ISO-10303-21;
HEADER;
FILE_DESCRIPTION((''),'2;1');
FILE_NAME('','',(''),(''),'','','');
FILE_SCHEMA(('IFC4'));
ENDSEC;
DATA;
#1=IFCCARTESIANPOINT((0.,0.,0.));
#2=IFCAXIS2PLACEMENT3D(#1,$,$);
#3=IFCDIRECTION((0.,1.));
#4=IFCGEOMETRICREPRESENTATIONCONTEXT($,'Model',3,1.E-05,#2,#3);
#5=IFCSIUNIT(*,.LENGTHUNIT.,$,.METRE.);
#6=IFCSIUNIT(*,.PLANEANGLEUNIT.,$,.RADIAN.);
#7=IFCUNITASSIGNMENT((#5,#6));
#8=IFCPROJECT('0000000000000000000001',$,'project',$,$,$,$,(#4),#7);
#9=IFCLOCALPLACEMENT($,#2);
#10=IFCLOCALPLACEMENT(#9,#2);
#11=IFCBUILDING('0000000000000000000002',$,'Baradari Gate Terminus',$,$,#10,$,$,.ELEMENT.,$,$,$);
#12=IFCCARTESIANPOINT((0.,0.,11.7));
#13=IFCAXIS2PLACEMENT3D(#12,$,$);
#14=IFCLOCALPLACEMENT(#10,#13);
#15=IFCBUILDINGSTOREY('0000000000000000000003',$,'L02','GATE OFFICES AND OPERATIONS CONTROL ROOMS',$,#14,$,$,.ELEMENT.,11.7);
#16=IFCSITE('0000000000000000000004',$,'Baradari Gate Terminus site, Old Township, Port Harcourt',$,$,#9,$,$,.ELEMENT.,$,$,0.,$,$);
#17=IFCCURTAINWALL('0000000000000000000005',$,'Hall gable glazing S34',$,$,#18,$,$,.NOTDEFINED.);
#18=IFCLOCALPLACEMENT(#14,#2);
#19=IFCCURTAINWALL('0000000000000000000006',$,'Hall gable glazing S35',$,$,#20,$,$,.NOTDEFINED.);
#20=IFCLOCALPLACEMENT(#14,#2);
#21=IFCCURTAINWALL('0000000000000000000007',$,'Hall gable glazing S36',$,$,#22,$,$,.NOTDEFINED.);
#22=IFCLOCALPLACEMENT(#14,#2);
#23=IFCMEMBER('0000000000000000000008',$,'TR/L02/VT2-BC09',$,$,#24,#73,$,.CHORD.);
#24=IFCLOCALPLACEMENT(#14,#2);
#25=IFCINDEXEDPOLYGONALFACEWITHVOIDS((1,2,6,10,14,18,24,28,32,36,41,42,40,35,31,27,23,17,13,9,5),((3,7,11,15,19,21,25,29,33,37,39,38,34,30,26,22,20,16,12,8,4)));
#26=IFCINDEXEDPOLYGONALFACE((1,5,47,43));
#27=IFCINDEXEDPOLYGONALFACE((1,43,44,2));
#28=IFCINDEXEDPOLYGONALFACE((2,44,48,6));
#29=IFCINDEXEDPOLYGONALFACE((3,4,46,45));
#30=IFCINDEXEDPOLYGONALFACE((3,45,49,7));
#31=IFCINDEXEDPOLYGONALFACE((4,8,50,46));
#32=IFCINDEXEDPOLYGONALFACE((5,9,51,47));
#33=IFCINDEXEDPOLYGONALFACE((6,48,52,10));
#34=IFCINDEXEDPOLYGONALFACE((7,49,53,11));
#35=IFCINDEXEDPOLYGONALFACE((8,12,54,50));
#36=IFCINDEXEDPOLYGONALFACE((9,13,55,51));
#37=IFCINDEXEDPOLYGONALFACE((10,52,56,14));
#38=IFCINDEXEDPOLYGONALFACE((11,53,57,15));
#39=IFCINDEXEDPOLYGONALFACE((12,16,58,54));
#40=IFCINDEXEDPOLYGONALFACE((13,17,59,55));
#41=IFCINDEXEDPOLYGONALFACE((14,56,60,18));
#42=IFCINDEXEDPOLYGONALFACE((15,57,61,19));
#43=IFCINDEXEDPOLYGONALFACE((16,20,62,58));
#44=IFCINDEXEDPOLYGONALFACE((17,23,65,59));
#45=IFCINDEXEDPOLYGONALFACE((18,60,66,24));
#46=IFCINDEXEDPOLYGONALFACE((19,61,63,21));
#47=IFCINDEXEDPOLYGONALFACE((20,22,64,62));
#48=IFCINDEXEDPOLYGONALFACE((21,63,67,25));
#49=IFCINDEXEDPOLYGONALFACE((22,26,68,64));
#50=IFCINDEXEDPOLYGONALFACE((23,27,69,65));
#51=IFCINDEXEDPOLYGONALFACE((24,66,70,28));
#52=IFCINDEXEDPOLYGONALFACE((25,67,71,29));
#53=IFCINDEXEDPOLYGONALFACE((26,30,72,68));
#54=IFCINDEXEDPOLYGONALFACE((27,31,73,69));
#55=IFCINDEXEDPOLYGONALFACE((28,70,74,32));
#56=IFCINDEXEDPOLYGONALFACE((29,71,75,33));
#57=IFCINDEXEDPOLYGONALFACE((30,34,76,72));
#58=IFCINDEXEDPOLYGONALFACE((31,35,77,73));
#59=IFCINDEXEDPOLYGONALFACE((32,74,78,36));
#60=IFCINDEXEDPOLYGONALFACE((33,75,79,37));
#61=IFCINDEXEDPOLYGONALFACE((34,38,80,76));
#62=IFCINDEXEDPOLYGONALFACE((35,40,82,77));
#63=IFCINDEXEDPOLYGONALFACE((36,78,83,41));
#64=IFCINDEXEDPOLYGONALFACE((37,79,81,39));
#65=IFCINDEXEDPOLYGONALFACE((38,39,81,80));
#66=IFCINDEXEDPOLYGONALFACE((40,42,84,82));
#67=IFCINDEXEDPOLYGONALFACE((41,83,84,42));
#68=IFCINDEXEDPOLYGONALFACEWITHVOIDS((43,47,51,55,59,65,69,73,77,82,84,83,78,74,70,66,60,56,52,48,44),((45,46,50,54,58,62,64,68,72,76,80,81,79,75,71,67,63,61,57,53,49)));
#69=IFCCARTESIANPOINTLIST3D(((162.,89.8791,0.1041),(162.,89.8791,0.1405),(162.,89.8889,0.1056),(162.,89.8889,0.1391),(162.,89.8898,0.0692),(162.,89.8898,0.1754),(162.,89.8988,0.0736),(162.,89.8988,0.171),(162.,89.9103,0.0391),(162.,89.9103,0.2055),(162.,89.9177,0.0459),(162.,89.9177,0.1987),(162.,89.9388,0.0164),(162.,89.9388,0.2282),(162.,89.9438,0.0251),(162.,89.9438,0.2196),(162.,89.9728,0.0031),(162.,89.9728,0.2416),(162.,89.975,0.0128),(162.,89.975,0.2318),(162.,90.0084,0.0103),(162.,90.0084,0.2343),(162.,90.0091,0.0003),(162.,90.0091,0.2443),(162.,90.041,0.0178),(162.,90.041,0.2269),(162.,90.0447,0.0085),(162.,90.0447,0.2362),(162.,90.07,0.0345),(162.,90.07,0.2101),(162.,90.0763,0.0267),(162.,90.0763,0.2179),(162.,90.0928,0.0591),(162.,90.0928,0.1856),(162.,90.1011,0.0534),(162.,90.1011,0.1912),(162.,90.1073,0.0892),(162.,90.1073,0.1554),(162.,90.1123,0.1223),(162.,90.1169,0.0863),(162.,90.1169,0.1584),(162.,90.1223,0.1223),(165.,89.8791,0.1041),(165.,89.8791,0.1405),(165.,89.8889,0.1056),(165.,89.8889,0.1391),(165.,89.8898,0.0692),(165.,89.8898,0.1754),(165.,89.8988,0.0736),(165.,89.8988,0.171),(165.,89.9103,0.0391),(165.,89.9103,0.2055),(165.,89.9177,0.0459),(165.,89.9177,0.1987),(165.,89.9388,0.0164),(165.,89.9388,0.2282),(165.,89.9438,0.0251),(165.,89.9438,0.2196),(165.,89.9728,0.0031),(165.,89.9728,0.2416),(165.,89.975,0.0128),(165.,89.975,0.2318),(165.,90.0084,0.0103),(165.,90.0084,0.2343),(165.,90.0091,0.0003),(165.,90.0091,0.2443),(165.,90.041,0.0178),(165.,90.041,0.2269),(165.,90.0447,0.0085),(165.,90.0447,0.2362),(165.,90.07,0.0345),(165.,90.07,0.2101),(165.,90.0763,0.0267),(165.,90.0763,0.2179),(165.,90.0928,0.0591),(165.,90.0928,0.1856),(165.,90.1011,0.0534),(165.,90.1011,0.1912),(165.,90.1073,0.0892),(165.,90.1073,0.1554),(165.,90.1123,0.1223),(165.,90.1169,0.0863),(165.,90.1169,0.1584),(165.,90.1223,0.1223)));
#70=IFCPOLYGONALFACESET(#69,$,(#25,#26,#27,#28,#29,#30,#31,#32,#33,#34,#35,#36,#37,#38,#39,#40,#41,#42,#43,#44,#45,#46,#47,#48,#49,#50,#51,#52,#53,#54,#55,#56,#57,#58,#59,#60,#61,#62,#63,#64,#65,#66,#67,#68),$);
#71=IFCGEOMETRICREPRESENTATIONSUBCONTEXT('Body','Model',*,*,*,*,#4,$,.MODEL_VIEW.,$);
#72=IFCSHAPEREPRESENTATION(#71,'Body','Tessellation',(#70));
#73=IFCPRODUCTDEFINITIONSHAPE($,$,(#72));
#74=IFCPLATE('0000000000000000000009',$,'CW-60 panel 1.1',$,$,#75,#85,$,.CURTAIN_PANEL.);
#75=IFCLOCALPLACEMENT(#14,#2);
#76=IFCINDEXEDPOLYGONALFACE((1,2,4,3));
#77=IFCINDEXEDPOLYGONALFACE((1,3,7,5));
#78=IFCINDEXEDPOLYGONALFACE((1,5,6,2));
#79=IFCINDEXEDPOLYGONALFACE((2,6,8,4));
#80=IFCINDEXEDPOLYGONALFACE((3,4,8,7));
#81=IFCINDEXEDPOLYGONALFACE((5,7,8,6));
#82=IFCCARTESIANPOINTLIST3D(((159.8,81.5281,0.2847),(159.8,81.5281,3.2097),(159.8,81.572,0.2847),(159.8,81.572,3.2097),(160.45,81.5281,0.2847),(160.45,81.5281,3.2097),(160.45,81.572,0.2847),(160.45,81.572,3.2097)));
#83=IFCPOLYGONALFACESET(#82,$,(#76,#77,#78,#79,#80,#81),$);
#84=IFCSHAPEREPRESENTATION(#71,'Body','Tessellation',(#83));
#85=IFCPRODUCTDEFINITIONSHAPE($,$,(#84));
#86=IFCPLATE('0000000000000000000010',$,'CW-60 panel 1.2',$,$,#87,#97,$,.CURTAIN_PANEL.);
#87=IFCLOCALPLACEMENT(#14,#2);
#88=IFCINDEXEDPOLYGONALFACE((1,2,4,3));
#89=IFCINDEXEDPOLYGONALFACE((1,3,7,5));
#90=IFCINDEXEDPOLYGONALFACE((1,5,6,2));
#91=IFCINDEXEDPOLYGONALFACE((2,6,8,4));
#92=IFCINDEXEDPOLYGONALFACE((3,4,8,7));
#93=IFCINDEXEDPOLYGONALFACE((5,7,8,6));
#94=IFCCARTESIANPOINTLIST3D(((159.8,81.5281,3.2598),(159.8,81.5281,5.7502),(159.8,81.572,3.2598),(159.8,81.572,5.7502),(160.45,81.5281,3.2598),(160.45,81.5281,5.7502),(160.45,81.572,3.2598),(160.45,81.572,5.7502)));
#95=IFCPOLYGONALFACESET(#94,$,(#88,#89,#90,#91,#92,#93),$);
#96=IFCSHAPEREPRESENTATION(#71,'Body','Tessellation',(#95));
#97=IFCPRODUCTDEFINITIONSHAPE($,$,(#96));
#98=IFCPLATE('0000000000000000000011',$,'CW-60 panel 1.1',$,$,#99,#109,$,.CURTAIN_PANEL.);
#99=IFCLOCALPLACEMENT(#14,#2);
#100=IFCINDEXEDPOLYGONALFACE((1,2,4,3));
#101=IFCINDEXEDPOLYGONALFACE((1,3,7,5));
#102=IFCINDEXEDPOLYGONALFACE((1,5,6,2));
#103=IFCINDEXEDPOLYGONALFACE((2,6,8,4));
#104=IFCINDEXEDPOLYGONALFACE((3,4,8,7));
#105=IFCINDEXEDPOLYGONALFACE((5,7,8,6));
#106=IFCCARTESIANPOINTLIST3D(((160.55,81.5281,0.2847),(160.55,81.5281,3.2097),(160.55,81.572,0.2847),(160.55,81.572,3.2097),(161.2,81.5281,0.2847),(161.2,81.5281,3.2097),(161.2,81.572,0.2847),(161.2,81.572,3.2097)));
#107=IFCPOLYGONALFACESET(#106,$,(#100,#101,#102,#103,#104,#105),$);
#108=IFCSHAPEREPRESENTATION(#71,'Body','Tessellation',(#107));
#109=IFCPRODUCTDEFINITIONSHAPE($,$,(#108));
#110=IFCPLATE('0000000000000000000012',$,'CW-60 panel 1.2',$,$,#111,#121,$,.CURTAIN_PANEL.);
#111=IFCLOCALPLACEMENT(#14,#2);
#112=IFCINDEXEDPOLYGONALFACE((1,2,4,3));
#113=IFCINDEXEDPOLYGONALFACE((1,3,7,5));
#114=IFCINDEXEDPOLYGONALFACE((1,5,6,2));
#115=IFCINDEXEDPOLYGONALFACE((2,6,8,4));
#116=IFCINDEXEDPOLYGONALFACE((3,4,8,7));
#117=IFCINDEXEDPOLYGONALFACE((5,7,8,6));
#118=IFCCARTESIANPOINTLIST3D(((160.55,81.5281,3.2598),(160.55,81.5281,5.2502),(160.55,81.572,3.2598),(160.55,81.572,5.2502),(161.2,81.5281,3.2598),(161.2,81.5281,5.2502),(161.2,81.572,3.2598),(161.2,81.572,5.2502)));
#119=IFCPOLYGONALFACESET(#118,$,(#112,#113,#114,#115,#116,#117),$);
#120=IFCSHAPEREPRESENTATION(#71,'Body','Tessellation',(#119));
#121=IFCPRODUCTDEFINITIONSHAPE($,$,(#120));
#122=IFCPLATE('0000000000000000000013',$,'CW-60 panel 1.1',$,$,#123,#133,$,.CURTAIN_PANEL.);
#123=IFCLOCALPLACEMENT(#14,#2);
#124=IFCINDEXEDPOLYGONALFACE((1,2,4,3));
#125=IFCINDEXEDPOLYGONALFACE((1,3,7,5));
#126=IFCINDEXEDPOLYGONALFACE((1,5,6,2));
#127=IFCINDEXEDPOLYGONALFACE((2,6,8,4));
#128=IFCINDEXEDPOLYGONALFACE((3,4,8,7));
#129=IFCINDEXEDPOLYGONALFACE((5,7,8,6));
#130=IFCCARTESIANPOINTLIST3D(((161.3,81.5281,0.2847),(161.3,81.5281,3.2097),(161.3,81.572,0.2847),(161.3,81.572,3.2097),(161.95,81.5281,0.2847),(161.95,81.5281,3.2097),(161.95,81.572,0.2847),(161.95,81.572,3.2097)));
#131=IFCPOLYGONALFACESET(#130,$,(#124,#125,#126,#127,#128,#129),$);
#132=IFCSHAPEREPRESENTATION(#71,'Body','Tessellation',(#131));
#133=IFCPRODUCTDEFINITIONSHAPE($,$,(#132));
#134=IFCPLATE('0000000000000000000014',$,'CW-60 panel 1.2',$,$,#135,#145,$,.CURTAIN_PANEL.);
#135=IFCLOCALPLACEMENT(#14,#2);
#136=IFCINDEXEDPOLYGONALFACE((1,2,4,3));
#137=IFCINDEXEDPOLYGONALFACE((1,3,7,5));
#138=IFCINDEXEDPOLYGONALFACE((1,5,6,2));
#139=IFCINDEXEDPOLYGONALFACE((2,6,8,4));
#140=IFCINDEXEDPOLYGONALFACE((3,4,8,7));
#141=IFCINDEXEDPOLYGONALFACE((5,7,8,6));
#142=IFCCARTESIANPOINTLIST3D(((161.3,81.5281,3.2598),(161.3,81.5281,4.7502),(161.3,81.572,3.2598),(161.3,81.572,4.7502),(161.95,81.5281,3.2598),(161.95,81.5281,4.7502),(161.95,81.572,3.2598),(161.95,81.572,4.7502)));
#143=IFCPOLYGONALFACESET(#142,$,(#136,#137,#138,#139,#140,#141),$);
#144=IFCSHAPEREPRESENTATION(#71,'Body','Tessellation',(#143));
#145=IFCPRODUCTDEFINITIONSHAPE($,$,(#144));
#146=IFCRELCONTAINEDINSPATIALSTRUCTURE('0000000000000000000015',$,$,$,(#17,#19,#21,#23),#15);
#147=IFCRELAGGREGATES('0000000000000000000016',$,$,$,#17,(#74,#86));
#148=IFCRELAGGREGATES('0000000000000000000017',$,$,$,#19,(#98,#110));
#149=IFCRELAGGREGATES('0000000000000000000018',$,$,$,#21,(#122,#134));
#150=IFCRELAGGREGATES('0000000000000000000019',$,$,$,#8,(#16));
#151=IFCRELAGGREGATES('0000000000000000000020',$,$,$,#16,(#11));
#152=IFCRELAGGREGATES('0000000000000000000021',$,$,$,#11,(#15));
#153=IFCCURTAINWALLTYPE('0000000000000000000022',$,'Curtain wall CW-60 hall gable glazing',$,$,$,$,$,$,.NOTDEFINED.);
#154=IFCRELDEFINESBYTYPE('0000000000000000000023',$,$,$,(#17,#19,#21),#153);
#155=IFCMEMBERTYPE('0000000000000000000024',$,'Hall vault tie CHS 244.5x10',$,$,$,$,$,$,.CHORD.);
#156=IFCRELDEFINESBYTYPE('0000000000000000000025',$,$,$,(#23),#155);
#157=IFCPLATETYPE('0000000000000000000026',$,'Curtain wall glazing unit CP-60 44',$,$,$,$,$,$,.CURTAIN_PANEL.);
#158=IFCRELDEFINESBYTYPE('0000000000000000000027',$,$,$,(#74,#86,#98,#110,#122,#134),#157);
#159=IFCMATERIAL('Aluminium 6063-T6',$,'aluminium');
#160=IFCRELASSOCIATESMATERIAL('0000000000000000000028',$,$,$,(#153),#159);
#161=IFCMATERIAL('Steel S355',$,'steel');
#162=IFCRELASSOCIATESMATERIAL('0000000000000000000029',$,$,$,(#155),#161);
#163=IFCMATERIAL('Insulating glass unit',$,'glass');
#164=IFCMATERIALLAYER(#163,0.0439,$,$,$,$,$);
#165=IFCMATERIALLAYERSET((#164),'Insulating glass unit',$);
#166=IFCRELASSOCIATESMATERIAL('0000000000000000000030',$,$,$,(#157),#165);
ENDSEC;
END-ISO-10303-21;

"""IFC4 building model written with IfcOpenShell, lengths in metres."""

from ifc_helpers import new_model, si_unit, direction, frame, origin, origin_2d, place, context, subcontext, project, spatial, rectangle, hollow_circle, extrude, material, layer, layer_set, material_profile, profile_set, type_object, element, aggregate, save


model = new_model("IFC4")

# Units and contexts
model_context = context("Model", 3, precision=1e-05, world=origin(), true_north=direction((0.0, 1.0)))
body_context = subcontext(model_context, "Body", "Model", "MODEL_VIEW")
ifc_project = project(units=[si_unit("LENGTHUNIT", "METRE"), si_unit("PLANEANGLEUNIT", "RADIAN")], contexts=[model_context])

# Site, building, storey
site_placement = place(None, origin())
site = spatial("IfcSite", under=ifc_project, at=site_placement, Name="Baradari Gate Terminus site, Old Township, Port Harcourt", CompositionType="ELEMENT", RefElevation=0.0)
building_placement = place(site_placement, origin())
building = spatial("IfcBuilding", under=site, at=building_placement, Name="Baradari Gate Terminus", CompositionType="ELEMENT")
storey_placement = place(building_placement, frame((0.0, 0.0, 11.7)))
storey = spatial("IfcBuildingStorey", under=building, at=storey_placement, Name="L02", Description="GATE OFFICES AND OPERATIONS CONTROL ROOMS", CompositionType="ELEMENT", Elevation=11.7)

# Curtain wall
ifc_material_1 = material(Name="Aluminium 6063-T6", Category="aluminium")
curtain_wall_type = type_object("IfcCurtainWallType", Name="Curtain wall CW-60 hall gable glazing", PredefinedType="NOTDEFINED", material=ifc_material_1)
curtain_wall_1_placement = place(storey_placement, origin())
curtain_wall_1 = element("IfcCurtainWall", 1, at=curtain_wall_1_placement, inside=storey, type_object=curtain_wall_type, Name="Hall gable glazing S34", PredefinedType="NOTDEFINED")

# Curtain walls
curtain_wall_2_placement = place(storey_placement, origin())
curtain_wall_2 = element("IfcCurtainWall", 2, at=curtain_wall_2_placement, inside=storey, type_object=curtain_wall_type, Name="Hall gable glazing S35", PredefinedType="NOTDEFINED")
curtain_wall_3_placement = place(storey_placement, origin())
curtain_wall_3 = element("IfcCurtainWall", 3, at=curtain_wall_3_placement, inside=storey, type_object=curtain_wall_type, Name="Hall gable glazing S36", PredefinedType="NOTDEFINED")

# Member
ifc_material_2 = material(Name="Steel S355", Category="steel")
ifc_material_profile_1 = material_profile(ifc_material_2, hollow_circle(Radius=0.1223, WallThickness=0.01, at=origin_2d()), Name="CHS 244.5x10")
ifc_profile_set_1 = profile_set([ifc_material_profile_1], Name="Steel S355")
member_type_1 = type_object("IfcMemberType", Name="Hall vault tie CHS 244.5x10", PredefinedType="CHORD", material=ifc_profile_set_1)
for number, where, z_axis, x_axis, name in (
    (4, (162.0, 90.0, 0.1223), (1.0, 0.0, 0.0), (0.0, 1.0, 0.0), "TR/L02/VT2-BC09"),
):
    element("IfcMember", number, at=place(storey_placement, frame(where, z_axis=z_axis, x_axis=x_axis)), inside=storey, type_object=member_type_1, Name=name, PredefinedType="CHORD", context=body_context, shape_type="SweptSolid", body=[
        extrude(hollow_circle(Radius=0.1223, WallThickness=0.01, at=origin_2d()), origin(), (0.0, 0.0, 1.0), 3.0),
    ])

# Plates
ifc_material_3 = material(Name="Insulating glass unit", Category="glass")
ifc_layer = layer(ifc_material_3, 0.0439)
ifc_layer_set = layer_set([ifc_layer], Name="Insulating glass unit")
plate_type = type_object("IfcPlateType", Name="Curtain wall glazing unit CP-60 44", PredefinedType="CURTAIN_PANEL", material=ifc_layer_set)
plate_1_placement = place(storey_placement, frame((160.125, 81.55, 0.2847), z_axis=(0.0, 0.0, 1.0), x_axis=(1.0, 0.0, 0.0)))
plate_1 = element("IfcPlate", 5, at=plate_1_placement, type_object=plate_type, Name="CW-60 panel 1.1", PredefinedType="CURTAIN_PANEL", context=body_context, shape_type="SweptSolid", body=[
    extrude(rectangle(XDim=0.6499, YDim=0.0439, at=origin_2d()), origin(), (0.0, 0.0, 1.0), 2.925),
])
plate_2_placement = place(storey_placement, frame((160.125, 81.55, 3.2598), z_axis=(0.0, 0.0, 1.0), x_axis=(1.0, 0.0, 0.0)))
plate_2 = element("IfcPlate", 6, at=plate_2_placement, type_object=plate_type, Name="CW-60 panel 1.2", PredefinedType="CURTAIN_PANEL", context=body_context, shape_type="SweptSolid", body=[
    extrude(rectangle(XDim=0.6499, YDim=0.0439, at=origin_2d()), origin(), (0.0, 0.0, 1.0), 2.4905),
])
aggregate(curtain_wall_1, [plate_1, plate_2])
plate_3_placement = place(storey_placement, frame((160.875, 81.55, 0.2847), z_axis=(0.0, 0.0, 1.0), x_axis=(1.0, 0.0, 0.0)))
plate_3 = element("IfcPlate", 7, at=plate_3_placement, type_object=plate_type, Name="CW-60 panel 1.1", PredefinedType="CURTAIN_PANEL", context=body_context, shape_type="SweptSolid", body=[
    extrude(rectangle(XDim=0.6499, YDim=0.0439, at=origin_2d()), origin(), (0.0, 0.0, 1.0), 2.925),
])
plate_4_placement = place(storey_placement, frame((160.875, 81.55, 3.2598), z_axis=(0.0, 0.0, 1.0), x_axis=(1.0, 0.0, 0.0)))
plate_4 = element("IfcPlate", 8, at=plate_4_placement, type_object=plate_type, Name="CW-60 panel 1.2", PredefinedType="CURTAIN_PANEL", context=body_context, shape_type="SweptSolid", body=[
    extrude(rectangle(XDim=0.6499, YDim=0.0439, at=origin_2d()), origin(), (0.0, 0.0, 1.0), 1.9905),
])
aggregate(curtain_wall_2, [plate_3, plate_4])
plate_5_placement = place(storey_placement, frame((161.625, 81.55, 0.2847), z_axis=(0.0, 0.0, 1.0), x_axis=(1.0, 0.0, 0.0)))
plate_5 = element("IfcPlate", 9, at=plate_5_placement, type_object=plate_type, Name="CW-60 panel 1.1", PredefinedType="CURTAIN_PANEL", context=body_context, shape_type="SweptSolid", body=[
    extrude(rectangle(XDim=0.6499, YDim=0.0439, at=origin_2d()), origin(), (0.0, 0.0, 1.0), 2.925),
])
plate_6_placement = place(storey_placement, frame((161.625, 81.55, 3.2598), z_axis=(0.0, 0.0, 1.0), x_axis=(1.0, 0.0, 0.0)))
plate_6 = element("IfcPlate", 10, at=plate_6_placement, type_object=plate_type, Name="CW-60 panel 1.2", PredefinedType="CURTAIN_PANEL", context=body_context, shape_type="SweptSolid", body=[
    extrude(rectangle(XDim=0.6499, YDim=0.0439, at=origin_2d()), origin(), (0.0, 0.0, 1.0), 1.4905),
])
aggregate(curtain_wall_3, [plate_5, plate_6])

save(model, "model.ifc")
